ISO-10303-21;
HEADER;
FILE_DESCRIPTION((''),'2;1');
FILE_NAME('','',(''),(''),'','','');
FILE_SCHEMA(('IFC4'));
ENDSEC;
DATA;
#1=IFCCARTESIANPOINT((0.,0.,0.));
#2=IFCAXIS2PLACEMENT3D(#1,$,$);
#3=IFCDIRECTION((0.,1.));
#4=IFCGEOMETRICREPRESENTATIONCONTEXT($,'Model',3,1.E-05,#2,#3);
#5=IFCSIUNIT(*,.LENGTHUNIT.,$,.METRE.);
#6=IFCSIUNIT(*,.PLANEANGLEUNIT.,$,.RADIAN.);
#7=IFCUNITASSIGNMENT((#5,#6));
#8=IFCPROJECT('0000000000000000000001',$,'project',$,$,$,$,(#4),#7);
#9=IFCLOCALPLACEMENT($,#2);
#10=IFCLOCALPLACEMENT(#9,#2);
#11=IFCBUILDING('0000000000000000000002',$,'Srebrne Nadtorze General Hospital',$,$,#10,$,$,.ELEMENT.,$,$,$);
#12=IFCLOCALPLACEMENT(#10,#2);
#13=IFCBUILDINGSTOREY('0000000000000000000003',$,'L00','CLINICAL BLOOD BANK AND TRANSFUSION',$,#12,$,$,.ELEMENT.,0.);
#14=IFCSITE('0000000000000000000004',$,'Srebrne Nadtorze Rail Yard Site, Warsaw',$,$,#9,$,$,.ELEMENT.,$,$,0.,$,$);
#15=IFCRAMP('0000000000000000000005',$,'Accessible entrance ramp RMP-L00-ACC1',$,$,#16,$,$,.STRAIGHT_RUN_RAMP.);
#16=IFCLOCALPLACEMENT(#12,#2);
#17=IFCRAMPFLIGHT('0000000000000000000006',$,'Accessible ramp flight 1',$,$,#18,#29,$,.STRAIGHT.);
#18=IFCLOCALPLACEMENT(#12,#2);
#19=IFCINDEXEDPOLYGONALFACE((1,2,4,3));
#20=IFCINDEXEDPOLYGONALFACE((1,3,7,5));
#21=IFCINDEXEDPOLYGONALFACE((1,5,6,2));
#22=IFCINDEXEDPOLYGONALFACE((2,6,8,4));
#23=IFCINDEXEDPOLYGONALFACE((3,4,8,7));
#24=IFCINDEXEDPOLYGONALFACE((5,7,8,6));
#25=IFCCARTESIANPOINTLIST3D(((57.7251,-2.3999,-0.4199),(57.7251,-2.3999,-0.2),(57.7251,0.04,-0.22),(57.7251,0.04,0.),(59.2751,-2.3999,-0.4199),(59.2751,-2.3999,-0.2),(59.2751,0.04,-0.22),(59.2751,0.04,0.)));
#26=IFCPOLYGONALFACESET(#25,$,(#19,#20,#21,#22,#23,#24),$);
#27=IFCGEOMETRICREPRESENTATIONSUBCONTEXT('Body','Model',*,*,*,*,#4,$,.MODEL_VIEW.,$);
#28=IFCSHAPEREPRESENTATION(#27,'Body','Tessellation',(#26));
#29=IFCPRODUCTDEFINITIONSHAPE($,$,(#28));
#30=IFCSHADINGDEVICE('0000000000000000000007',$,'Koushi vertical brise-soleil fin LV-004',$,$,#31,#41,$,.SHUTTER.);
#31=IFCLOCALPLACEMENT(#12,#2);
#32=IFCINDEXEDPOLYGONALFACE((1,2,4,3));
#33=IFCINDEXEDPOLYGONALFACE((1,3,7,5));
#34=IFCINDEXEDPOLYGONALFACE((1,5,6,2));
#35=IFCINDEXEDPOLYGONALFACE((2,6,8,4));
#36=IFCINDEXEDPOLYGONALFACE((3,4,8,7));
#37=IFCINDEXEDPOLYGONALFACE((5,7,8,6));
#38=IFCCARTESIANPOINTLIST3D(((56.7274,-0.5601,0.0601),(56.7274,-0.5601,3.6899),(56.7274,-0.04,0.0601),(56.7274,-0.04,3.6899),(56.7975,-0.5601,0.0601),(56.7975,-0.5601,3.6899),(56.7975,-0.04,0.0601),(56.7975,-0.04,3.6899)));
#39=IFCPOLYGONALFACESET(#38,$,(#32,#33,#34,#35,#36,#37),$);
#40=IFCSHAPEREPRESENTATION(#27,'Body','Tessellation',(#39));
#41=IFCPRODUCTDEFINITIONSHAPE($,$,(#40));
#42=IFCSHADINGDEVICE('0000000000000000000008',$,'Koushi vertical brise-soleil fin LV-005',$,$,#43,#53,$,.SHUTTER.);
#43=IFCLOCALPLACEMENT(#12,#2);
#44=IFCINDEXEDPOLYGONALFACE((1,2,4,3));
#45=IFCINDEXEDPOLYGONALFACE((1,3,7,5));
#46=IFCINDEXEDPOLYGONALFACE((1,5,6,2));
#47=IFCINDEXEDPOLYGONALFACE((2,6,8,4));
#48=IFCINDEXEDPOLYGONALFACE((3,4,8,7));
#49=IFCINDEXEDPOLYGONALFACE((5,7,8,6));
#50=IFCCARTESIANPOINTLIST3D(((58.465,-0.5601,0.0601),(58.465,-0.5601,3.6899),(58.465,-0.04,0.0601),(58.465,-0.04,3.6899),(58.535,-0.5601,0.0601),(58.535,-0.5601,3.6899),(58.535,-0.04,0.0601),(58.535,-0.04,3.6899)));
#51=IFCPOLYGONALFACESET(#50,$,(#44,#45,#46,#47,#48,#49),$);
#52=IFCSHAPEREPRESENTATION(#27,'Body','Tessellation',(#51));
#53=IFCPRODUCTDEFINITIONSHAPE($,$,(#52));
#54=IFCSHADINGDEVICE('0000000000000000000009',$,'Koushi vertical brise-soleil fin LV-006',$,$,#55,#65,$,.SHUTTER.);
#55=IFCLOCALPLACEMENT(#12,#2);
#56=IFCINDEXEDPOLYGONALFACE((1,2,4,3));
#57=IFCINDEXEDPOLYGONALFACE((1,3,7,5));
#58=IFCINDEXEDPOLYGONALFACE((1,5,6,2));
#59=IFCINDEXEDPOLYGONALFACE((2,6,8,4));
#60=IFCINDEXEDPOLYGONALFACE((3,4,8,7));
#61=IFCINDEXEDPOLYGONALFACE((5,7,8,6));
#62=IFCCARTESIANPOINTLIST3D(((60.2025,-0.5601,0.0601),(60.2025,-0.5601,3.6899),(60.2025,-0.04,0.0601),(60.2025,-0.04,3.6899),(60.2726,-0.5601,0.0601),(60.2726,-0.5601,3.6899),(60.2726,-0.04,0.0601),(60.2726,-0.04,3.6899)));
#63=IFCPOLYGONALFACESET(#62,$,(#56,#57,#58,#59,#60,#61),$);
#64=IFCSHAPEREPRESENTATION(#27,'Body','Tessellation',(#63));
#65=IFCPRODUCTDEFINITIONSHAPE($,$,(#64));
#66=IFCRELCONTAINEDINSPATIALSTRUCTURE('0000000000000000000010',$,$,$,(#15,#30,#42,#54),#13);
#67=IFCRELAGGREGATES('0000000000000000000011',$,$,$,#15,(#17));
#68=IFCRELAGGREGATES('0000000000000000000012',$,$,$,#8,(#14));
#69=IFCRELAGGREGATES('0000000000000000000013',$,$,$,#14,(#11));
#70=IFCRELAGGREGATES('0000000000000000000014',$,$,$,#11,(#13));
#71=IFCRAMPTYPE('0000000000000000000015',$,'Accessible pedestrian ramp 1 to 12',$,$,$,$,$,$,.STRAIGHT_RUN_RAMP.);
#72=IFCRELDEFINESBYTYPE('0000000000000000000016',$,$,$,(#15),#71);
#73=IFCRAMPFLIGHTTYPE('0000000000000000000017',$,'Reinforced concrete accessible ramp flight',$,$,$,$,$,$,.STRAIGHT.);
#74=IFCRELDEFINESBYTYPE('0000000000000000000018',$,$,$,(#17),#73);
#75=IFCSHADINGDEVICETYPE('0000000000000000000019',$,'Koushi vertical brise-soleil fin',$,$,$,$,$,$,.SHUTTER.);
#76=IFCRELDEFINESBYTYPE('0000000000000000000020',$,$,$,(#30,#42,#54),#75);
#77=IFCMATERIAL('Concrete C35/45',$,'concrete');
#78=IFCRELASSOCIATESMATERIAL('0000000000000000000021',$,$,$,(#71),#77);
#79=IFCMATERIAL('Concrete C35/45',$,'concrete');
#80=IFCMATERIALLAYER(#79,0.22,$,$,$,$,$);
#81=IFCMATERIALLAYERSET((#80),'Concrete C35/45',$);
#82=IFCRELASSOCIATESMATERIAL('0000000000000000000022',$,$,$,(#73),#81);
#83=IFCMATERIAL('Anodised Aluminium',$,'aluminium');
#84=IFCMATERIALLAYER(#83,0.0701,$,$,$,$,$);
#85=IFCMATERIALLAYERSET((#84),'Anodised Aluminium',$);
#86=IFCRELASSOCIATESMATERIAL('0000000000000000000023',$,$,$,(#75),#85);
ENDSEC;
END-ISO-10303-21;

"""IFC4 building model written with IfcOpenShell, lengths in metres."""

from ifc_helpers import new_model, si_unit, direction, frame, origin, origin_2d, place, context, subcontext, project, spatial, polyline, rectangle, outline, extrude, material, layer, layer_set, type_object, element, aggregate, save


model = new_model("IFC4")

# Units and contexts
model_context = context("Model", 3, precision=1e-05, world=origin(), true_north=direction((0.0, 1.0)))
body_context = subcontext(model_context, "Body", "Model", "MODEL_VIEW")
ifc_project = project(units=[si_unit("LENGTHUNIT", "METRE"), si_unit("PLANEANGLEUNIT", "RADIAN")], contexts=[model_context])

# Site, building, storey
site_placement = place(None, origin())
site = spatial("IfcSite", under=ifc_project, at=site_placement, Name="Srebrne Nadtorze Rail Yard Site, Warsaw", CompositionType="ELEMENT", RefElevation=0.0)
building_placement = place(site_placement, origin())
building = spatial("IfcBuilding", under=site, at=building_placement, Name="Srebrne Nadtorze General Hospital", CompositionType="ELEMENT")
storey_placement = place(building_placement, origin())
storey = spatial("IfcBuildingStorey", under=building, at=storey_placement, Name="L00", Description="CLINICAL BLOOD BANK AND TRANSFUSION", CompositionType="ELEMENT", Elevation=0.0)

# Ramp, ramp flight
ifc_material_1 = material(Name="Concrete C35/45", Category="concrete")
ramp_type = type_object("IfcRampType", Name="Accessible pedestrian ramp 1 to 12", PredefinedType="STRAIGHT_RUN_RAMP", material=ifc_material_1)
ramp_placement = place(storey_placement, origin())
ramp = element("IfcRamp", 1, at=ramp_placement, inside=storey, type_object=ramp_type, Name="Accessible entrance ramp RMP-L00-ACC1", PredefinedType="STRAIGHT_RUN_RAMP")
ifc_material_2 = material(Name="Concrete C35/45", Category="concrete")
ifc_layer_1 = layer(ifc_material_2, 0.22)
ifc_layer_set_1 = layer_set([ifc_layer_1], Name="Concrete C35/45")
ramp_flight_type = type_object("IfcRampFlightType", Name="Reinforced concrete accessible ramp flight", PredefinedType="STRAIGHT", material=ifc_layer_set_1)
ramp_flight_placement = place(storey_placement, frame((58.5, -2.3999, -0.2), z_axis=(0.0, 0.0, 1.0), x_axis=(0.0, 1.0, 0.0)))
ramp_flight = element("IfcRampFlight", 2, at=ramp_flight_placement, type_object=ramp_flight_type, Name="Accessible ramp flight 1", PredefinedType="STRAIGHT", context=body_context, shape_type="SweptSolid", body=[
    extrude(outline(polyline([(0.0, 0.0), (2.4399, 0.2), (2.4399, -0.02), (0.0, -0.22), (0.0, 0.0)])), frame((0.0, 0.7749, 0.0), z_axis=(0.0, -1.0, 0.0), x_axis=(1.0, 0.0, 0.0)), (0.0, 0.0, 1.0), 1.55),
])
aggregate(ramp, [ramp_flight])

# Shading devices
ifc_material_3 = material(Name="Anodised Aluminium", Category="aluminium")
ifc_layer_2 = layer(ifc_material_3, 0.0701)
ifc_layer_set_2 = layer_set([ifc_layer_2], Name="Anodised Aluminium")
shading_device_type = type_object("IfcShadingDeviceType", Name="Koushi vertical brise-soleil fin", PredefinedType="SHUTTER", material=ifc_layer_set_2)
for number, where, z_axis, x_axis, name in (
    (3, (56.7625, -0.3, 0.0601), (0.0, 0.0, 1.0), (1.0, 0.0, 0.0), "Koushi vertical brise-soleil fin LV-004"),
    (4, (58.5, -0.3, 0.0601), (0.0, 0.0, 1.0), (1.0, 0.0, 0.0), "Koushi vertical brise-soleil fin LV-005"),
    (5, (60.2375, -0.3, 0.0601), (0.0, 0.0, 1.0), (1.0, 0.0, 0.0), "Koushi vertical brise-soleil fin LV-006"),
):
    element("IfcShadingDevice", number, at=place(storey_placement, frame(where, z_axis=z_axis, x_axis=x_axis)), inside=storey, type_object=shading_device_type, Name=name, PredefinedType="SHUTTER", context=body_context, shape_type="SweptSolid", body=[
        extrude(rectangle(XDim=0.0701, YDim=0.52, at=origin_2d()), origin(), (0.0, 0.0, 1.0), 3.6299),
    ])

save(model, "model.ifc")
